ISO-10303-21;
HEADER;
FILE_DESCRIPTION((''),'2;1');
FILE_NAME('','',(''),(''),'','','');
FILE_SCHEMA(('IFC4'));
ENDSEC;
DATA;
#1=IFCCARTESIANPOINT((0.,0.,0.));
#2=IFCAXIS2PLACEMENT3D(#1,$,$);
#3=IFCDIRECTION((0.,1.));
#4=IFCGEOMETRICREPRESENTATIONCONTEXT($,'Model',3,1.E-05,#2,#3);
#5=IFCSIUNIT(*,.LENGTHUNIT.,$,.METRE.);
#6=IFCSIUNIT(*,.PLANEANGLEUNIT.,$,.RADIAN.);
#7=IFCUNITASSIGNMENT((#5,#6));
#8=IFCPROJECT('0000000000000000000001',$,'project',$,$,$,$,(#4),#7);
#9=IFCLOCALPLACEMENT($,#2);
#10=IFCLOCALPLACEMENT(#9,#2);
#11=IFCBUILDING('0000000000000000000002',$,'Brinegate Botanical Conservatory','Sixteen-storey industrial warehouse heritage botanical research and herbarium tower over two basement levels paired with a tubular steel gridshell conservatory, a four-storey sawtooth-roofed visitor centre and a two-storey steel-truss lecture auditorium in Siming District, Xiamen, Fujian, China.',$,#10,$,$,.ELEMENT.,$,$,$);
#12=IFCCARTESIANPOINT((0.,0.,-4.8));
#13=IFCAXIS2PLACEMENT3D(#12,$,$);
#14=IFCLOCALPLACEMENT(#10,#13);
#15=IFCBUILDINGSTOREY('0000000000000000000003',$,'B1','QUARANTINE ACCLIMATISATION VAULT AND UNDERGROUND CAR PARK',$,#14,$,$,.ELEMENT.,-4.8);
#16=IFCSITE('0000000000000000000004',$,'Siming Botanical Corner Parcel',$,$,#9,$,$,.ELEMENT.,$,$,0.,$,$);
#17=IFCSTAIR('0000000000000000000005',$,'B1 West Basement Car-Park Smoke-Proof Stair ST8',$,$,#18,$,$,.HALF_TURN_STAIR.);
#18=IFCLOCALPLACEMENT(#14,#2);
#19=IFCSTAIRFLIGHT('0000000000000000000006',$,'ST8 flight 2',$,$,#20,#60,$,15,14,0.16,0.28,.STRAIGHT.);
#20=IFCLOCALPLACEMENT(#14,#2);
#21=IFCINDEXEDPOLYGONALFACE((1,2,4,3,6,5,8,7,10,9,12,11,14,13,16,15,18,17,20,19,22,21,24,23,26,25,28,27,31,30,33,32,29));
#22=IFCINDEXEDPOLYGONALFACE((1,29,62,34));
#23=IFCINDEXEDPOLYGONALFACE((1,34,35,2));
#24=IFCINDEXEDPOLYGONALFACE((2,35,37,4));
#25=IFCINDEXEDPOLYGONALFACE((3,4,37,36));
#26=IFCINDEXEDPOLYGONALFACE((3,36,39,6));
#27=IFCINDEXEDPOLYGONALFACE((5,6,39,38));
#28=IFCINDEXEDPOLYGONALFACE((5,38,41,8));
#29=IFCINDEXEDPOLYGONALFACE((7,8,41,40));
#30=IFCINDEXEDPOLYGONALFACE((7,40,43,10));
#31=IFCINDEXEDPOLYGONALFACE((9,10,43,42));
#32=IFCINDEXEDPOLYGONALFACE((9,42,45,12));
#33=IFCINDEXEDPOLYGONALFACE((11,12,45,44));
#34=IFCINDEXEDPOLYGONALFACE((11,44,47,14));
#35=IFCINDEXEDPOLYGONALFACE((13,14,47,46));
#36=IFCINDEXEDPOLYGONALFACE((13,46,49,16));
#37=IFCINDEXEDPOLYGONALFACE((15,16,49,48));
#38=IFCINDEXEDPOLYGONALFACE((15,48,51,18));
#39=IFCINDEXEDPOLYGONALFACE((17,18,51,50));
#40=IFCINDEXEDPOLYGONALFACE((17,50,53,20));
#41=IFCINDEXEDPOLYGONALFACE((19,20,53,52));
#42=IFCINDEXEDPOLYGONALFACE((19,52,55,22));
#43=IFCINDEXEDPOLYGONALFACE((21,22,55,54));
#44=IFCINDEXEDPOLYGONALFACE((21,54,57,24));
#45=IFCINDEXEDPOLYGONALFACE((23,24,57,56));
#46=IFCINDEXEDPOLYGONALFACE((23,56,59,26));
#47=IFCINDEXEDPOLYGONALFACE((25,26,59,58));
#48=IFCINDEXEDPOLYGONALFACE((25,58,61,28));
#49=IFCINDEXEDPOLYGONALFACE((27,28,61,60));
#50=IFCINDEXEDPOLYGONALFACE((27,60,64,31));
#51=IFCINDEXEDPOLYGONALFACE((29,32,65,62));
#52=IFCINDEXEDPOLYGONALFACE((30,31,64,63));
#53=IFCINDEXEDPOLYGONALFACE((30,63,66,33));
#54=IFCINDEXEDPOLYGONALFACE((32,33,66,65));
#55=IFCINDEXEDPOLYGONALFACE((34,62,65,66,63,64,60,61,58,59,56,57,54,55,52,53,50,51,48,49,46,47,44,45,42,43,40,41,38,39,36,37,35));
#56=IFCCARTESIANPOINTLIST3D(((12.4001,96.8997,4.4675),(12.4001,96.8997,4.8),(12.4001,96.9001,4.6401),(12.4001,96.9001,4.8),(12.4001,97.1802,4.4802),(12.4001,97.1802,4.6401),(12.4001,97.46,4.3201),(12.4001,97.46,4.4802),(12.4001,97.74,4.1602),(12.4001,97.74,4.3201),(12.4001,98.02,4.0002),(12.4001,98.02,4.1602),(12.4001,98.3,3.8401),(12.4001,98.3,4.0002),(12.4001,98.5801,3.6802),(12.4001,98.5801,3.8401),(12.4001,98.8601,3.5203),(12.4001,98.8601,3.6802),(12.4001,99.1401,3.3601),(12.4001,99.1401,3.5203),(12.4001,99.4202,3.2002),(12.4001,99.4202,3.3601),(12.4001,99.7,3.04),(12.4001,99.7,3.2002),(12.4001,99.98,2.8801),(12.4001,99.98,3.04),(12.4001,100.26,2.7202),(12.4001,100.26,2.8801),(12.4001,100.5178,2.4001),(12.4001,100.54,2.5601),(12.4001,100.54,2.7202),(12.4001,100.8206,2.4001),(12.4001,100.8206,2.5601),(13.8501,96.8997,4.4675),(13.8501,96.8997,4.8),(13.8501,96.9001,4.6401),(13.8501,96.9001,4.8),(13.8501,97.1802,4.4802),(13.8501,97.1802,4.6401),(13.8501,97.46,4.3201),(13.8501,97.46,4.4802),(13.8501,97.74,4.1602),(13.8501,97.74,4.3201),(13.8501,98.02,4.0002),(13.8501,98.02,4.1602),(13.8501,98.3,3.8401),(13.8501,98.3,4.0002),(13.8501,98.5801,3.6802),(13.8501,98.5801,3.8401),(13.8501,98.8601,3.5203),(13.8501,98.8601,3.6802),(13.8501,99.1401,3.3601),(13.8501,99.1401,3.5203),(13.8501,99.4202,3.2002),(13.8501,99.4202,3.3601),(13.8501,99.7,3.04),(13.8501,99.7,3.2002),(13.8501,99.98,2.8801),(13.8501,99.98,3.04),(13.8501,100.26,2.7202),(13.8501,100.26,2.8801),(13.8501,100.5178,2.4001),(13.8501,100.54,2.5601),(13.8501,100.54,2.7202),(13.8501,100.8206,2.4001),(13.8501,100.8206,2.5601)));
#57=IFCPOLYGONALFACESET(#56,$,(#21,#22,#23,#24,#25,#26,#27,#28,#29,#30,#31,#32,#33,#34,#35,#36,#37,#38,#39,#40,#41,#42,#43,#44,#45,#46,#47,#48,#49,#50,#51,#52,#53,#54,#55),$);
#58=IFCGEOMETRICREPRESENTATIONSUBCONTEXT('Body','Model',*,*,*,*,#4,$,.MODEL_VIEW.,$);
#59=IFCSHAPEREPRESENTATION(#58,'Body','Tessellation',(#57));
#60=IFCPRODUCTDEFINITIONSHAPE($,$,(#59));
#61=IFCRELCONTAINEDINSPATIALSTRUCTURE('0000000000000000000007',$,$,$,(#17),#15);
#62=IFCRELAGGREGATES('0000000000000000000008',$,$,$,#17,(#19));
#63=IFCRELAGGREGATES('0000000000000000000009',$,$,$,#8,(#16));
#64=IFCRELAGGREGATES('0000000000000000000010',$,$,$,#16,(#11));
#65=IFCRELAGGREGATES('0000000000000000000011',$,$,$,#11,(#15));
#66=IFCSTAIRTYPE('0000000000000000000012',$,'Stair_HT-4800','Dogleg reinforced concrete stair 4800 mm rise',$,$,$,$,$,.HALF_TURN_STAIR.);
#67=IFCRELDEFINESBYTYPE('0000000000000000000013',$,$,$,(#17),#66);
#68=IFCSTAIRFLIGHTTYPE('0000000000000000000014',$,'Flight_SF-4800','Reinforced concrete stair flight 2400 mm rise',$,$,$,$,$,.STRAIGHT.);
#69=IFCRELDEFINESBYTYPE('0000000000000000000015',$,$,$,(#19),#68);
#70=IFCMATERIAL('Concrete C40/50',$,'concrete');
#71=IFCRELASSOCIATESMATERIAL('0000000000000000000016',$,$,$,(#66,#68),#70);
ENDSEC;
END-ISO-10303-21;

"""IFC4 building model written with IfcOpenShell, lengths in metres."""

from ifc_helpers import new_model, si_unit, direction, frame, origin, place, context, subcontext, project, spatial, polyline, outline, extrude, material, type_object, element, aggregate, save


model = new_model("IFC4")

# Units and contexts
model_context = context("Model", 3, precision=1e-05, world=origin(), true_north=direction((0.0, 1.0)))
body_context = subcontext(model_context, "Body", "Model", "MODEL_VIEW")
ifc_project = project(units=[si_unit("LENGTHUNIT", "METRE"), si_unit("PLANEANGLEUNIT", "RADIAN")], contexts=[model_context])

# Site, building, storey
site_placement = place(None, origin())
site = spatial("IfcSite", under=ifc_project, at=site_placement, Name="Siming Botanical Corner Parcel", CompositionType="ELEMENT", RefElevation=0.0)
building_placement = place(site_placement, origin())
building = spatial("IfcBuilding", under=site, at=building_placement, Name="Brinegate Botanical Conservatory", Description="Sixteen-storey industrial warehouse heritage botanical research and herbarium tower over two basement levels paired with a tubular steel gridshell conservatory, a four-storey sawtooth-roofed visitor centre and a two-storey steel-truss lecture auditorium in Siming District, Xiamen, Fujian, China.", CompositionType="ELEMENT")
storey_placement = place(building_placement, frame((0.0, 0.0, -4.8)))
storey = spatial("IfcBuildingStorey", under=building, at=storey_placement, Name="B1", Description="QUARANTINE ACCLIMATISATION VAULT AND UNDERGROUND CAR PARK", CompositionType="ELEMENT", Elevation=-4.8)

# Shared definitions
ifc_material_1 = material(Name="Concrete C40/50", Category="concrete")

# Stair, stair flight
stair_type = type_object("IfcStairType", Name="Stair_HT-4800", Description="Dogleg reinforced concrete stair 4800 mm rise", PredefinedType="HALF_TURN_STAIR", material=ifc_material_1)
stair_placement = place(storey_placement, origin())
stair = element("IfcStair", 1, at=stair_placement, inside=storey, type_object=stair_type, Name="B1 West Basement Car-Park Smoke-Proof Stair ST8", PredefinedType="HALF_TURN_STAIR")
stair_flight_type = type_object("IfcStairFlightType", Name="Flight_SF-4800", Description="Reinforced concrete stair flight 2400 mm rise", PredefinedType="STRAIGHT", material=ifc_material_1)
stair_flight_1_placement = place(storey_placement, frame((13.125, 100.8201, 2.4001), z_axis=(0.0, 0.0, 1.0), x_axis=(0.0, -1.0, 0.0)))
stair_flight_1 = element("IfcStairFlight", 2, at=stair_flight_1_placement, type_object=stair_flight_type, Name="ST8 flight 2", NumberOfRisers=15, NumberOfTreads=14, PredefinedType="STRAIGHT", RiserHeight=0.16, TreadLength=0.28, context=body_context, shape_type="SweptSolid", body=[
    extrude(outline(polyline([(-0.0005, 0.0), (-0.0005, 0.1599), (0.28, 0.1599), (0.28, 0.3201), (0.5601, 0.3201), (0.5601, 0.48), (0.8401, 0.48), (0.8401, 0.6399), (1.1201, 0.6399), (1.1201, 0.8), (1.3999, 0.8), (1.3999, 0.96), (1.6799, 0.96), (1.6799, 1.1201), (1.96, 1.1201), (1.96, 1.28), (2.24, 1.28), (2.24, 1.4399), (2.52, 1.4399), (2.52, 1.6001), (2.8, 1.6001), (2.8, 1.76), (3.0801, 1.76), (3.0801, 1.9199), (3.3601, 1.9199), (3.3601, 2.0801), (3.6399, 2.0801), (3.6399, 2.24), (3.9199, 2.24), (3.9199, 2.3999), (3.9204, 2.3999), (3.9204, 2.0674), (0.3022, 0.0), (-0.0005, 0.0)])), frame((0.0, 0.7251, 0.0), z_axis=(0.0, -1.0, 0.0), x_axis=(1.0, 0.0, 0.0)), (0.0, 0.0, 1.0), 1.45),
])
aggregate(stair, [stair_flight_1])

save(model, "model.ifc")
